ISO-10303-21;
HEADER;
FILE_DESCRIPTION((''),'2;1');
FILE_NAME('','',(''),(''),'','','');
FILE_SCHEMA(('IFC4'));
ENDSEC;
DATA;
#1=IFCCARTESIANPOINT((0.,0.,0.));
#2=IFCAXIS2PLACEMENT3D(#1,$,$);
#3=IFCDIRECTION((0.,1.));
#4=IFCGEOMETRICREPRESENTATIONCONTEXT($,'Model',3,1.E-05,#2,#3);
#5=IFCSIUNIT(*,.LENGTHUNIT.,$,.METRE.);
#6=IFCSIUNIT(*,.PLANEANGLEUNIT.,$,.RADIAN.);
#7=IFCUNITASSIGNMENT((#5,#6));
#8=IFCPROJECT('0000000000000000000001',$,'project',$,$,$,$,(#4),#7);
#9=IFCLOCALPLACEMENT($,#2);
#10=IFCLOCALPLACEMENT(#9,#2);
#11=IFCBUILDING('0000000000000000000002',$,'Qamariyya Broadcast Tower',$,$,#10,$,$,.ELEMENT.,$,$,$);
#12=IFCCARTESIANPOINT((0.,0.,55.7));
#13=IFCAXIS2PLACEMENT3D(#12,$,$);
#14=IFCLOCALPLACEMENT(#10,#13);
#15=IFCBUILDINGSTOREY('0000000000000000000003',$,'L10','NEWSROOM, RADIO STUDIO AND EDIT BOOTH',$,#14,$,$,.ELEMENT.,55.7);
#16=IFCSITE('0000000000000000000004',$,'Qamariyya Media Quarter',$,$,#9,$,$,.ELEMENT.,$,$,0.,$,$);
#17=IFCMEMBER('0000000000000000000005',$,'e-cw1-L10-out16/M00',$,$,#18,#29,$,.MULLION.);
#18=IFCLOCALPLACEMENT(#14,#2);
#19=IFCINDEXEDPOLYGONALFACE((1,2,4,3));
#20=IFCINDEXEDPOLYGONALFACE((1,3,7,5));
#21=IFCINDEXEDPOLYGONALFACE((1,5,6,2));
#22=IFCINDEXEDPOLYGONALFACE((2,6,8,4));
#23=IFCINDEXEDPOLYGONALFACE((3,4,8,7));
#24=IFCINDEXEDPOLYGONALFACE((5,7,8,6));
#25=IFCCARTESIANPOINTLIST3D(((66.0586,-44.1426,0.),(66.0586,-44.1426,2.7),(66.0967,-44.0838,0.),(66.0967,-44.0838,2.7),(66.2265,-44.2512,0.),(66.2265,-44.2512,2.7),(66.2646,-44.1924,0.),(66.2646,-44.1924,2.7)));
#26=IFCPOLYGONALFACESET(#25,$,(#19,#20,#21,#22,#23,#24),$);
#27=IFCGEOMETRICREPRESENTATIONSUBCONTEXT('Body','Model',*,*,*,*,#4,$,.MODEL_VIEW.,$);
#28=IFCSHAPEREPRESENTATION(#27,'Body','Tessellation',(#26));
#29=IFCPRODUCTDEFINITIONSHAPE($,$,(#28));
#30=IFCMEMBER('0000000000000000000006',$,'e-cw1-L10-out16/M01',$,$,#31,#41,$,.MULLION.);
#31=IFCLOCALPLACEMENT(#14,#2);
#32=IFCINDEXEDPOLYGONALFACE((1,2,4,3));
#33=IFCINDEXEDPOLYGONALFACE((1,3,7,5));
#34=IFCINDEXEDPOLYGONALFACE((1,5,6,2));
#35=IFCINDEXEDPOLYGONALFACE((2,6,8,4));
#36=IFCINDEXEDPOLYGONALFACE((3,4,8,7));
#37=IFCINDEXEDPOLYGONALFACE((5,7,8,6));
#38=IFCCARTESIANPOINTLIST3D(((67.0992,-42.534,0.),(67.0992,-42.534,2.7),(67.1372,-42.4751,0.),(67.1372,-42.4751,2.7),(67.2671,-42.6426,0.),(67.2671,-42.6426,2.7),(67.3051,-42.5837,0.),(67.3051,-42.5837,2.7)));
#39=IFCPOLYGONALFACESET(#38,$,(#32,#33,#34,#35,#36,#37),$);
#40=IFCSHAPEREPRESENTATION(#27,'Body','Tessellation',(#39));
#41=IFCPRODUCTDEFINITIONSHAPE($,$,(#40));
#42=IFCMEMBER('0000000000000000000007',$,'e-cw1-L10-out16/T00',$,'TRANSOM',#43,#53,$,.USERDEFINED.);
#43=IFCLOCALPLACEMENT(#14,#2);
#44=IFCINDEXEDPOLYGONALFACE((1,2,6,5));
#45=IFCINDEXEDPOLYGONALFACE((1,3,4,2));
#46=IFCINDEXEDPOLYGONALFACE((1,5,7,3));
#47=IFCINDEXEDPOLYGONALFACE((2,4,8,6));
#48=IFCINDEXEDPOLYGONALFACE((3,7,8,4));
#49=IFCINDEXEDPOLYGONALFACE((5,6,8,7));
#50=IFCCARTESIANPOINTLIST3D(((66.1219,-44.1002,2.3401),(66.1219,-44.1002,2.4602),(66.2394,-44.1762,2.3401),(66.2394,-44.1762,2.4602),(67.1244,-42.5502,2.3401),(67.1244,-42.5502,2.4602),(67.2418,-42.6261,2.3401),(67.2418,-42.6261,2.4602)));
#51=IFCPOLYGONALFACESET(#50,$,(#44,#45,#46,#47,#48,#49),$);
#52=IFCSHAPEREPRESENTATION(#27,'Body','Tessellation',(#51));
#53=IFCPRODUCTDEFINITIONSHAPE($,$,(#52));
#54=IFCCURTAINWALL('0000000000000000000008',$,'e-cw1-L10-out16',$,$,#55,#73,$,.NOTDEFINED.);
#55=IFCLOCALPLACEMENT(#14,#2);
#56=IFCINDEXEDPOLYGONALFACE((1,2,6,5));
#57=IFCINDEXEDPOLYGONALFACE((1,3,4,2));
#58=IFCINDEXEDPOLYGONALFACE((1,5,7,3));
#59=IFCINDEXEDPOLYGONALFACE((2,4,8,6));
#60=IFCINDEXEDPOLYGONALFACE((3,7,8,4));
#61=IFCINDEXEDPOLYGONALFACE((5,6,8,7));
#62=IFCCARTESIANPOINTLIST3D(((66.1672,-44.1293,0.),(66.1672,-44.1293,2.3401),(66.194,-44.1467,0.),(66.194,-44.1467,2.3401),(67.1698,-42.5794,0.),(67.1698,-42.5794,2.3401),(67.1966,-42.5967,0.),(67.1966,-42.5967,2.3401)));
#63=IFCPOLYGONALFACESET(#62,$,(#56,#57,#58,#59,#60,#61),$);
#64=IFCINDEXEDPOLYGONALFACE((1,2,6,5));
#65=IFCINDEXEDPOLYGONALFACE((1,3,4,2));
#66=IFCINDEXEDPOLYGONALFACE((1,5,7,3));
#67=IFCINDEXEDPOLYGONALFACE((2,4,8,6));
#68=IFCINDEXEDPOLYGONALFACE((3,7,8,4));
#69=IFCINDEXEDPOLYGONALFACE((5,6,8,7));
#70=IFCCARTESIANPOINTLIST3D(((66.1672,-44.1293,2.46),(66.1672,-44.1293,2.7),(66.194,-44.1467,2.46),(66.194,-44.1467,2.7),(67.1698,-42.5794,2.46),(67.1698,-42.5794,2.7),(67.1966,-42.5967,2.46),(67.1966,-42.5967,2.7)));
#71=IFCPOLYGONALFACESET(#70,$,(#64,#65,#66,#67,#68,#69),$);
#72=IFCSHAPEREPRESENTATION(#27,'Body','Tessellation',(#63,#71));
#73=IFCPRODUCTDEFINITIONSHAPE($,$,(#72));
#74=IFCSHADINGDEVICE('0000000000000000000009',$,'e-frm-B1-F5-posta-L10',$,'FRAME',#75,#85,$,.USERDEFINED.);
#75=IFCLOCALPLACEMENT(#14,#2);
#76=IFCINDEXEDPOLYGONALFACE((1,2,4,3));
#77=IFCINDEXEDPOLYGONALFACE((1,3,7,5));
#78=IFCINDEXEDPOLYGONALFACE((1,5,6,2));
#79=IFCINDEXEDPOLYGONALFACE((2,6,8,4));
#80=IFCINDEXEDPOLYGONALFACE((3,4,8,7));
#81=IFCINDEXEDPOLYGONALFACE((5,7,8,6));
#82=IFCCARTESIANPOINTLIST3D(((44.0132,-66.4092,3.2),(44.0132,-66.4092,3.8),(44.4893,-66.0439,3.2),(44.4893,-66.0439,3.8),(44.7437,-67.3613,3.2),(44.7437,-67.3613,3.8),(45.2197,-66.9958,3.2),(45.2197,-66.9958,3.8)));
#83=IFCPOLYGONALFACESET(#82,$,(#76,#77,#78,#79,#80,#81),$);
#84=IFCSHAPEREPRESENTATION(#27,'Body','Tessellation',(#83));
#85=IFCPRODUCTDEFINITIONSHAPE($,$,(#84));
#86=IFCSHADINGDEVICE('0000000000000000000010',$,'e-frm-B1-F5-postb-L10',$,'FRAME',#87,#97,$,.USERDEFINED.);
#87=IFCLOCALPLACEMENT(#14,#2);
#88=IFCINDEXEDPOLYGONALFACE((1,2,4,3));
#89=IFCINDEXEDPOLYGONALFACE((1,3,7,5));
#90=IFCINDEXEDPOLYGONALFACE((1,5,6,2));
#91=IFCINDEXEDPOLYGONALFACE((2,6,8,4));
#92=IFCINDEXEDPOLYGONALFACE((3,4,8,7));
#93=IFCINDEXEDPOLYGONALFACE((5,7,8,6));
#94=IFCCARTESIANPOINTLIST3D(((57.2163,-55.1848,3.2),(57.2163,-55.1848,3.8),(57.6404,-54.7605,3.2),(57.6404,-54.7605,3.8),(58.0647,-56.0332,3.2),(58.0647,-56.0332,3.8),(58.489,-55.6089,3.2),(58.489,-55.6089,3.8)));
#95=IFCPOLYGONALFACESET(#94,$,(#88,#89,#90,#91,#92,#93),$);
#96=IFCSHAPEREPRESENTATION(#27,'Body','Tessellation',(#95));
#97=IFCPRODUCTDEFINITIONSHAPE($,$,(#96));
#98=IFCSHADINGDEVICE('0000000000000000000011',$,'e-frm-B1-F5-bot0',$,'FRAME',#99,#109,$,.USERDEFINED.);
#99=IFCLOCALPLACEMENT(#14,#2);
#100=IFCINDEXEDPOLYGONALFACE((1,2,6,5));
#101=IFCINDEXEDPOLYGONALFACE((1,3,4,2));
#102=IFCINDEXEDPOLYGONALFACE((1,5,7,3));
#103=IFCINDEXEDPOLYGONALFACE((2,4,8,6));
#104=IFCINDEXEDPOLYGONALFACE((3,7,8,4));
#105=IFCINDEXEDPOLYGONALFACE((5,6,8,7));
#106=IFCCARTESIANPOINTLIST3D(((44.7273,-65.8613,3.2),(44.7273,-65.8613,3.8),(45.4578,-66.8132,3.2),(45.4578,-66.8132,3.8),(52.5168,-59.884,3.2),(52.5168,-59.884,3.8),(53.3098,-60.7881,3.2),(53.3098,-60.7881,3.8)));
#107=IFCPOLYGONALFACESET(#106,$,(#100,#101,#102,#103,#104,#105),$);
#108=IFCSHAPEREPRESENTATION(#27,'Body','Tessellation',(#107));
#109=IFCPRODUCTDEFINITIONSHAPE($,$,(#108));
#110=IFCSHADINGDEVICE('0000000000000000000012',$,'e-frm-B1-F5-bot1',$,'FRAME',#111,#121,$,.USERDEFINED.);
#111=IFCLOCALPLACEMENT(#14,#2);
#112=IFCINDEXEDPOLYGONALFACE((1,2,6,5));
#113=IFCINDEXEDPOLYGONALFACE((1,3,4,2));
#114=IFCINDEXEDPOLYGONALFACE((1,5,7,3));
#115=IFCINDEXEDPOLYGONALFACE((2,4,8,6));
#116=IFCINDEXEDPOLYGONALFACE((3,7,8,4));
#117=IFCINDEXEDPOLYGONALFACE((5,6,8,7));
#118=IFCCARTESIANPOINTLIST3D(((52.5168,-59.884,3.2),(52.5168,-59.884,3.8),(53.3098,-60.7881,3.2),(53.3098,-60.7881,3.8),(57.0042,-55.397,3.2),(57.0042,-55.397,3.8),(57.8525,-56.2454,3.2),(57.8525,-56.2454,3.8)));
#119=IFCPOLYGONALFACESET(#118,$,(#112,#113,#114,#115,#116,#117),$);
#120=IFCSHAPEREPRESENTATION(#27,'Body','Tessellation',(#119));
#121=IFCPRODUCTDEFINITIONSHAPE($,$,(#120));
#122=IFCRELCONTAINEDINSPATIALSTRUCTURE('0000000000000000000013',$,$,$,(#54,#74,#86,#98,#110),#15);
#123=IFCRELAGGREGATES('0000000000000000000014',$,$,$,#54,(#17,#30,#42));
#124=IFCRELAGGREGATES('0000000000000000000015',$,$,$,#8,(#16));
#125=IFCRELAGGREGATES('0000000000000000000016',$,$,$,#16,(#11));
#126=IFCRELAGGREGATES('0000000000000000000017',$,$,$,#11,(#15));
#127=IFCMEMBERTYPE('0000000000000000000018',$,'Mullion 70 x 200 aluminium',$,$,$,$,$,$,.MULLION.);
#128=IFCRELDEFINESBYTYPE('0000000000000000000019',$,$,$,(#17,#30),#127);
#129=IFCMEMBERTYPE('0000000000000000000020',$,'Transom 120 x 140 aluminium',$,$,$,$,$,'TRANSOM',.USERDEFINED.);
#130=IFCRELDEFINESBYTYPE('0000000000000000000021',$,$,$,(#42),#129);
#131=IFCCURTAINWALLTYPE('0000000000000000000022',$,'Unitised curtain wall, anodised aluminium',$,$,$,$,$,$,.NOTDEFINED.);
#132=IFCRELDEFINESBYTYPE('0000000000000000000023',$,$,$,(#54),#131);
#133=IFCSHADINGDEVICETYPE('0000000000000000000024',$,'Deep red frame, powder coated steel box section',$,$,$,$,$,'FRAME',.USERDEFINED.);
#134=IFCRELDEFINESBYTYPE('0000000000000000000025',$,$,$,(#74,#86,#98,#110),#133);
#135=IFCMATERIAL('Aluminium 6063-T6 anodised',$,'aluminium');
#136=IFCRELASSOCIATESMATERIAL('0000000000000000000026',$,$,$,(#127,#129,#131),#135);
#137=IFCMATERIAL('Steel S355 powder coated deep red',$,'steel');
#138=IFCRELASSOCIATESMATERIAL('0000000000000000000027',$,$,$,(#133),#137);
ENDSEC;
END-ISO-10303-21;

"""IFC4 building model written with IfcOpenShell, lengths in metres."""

from ifc_helpers import new_model, si_unit, direction, frame, origin, origin_2d, place, context, subcontext, project, spatial, polyline, rectangle, outline, extrude, material, material_profile, profile_set, type_object, element, aggregate, save


model = new_model("IFC4")

# Units and contexts
model_context = context("Model", 3, precision=1e-05, world=origin(), true_north=direction((0.0, 1.0)))
body_context = subcontext(model_context, "Body", "Model", "MODEL_VIEW")
ifc_project = project(units=[si_unit("LENGTHUNIT", "METRE"), si_unit("PLANEANGLEUNIT", "RADIAN")], contexts=[model_context])

# Members
ifc_material_1 = material(Name="Aluminium 6063-T6 anodised", Category="aluminium")
ifc_material_profile_1 = material_profile(ifc_material_1, rectangle(XDim=0.2, YDim=0.0701, at=origin_2d()))
ifc_profile_set_1 = profile_set([ifc_material_profile_1], Name="Aluminium 6063-T6 anodised")
member_type_1 = type_object("IfcMemberType", Name="Mullion 70 x 200 aluminium", PredefinedType="MULLION", material=ifc_profile_set_1)
site_placement = place(None, origin())
building_placement = place(site_placement, origin())
storey_placement = place(building_placement, frame((0.0, 0.0, 55.7)))
member_1_placement = place(storey_placement, frame((66.1616, -44.1675, 0.0), z_axis=(0.0, 0.0, 1.0), x_axis=(-0.839646, 0.543134, 0.0)))
member_1 = element("IfcMember", 1, at=member_1_placement, type_object=member_type_1, Name="e-cw1-L10-out16/M00", PredefinedType="MULLION", context=body_context, shape_type="SweptSolid", body=[
    extrude(rectangle(XDim=0.2, YDim=0.0701, at=origin_2d()), origin(), (0.0, 0.0, 1.0), 2.7),
])
member_2_placement = place(storey_placement, frame((67.2021, -42.5588, 0.0), z_axis=(0.0, 0.0, 1.0), x_axis=(-0.839646, 0.543134, 0.0)))
member_2 = element("IfcMember", 2, at=member_2_placement, type_object=member_type_1, Name="e-cw1-L10-out16/M01", PredefinedType="MULLION", context=body_context, shape_type="SweptSolid", body=[
    extrude(rectangle(XDim=0.2, YDim=0.0701, at=origin_2d()), origin(), (0.0, 0.0, 1.0), 2.7),
])
ifc_material_profile_2 = material_profile(ifc_material_1, rectangle(XDim=0.1399, YDim=0.1201, at=origin_2d()))
ifc_profile_set_2 = profile_set([ifc_material_profile_2], Name="Aluminium 6063-T6 anodised")
member_type_2 = type_object("IfcMemberType", Name="Transom 120 x 140 aluminium", ElementType="TRANSOM", PredefinedType="USERDEFINED", material=ifc_profile_set_2)
member_3_placement = place(storey_placement, frame((66.1807, -44.1382, 2.4001), z_axis=(0.543048, 0.839701, 0.0), x_axis=(-0.839701, 0.543048, 0.0)))
member_3 = element("IfcMember", 3, at=member_3_placement, type_object=member_type_2, Name="e-cw1-L10-out16/T00", ObjectType="TRANSOM", PredefinedType="USERDEFINED", context=body_context, shape_type="SweptSolid", body=[
    extrude(rectangle(XDim=0.1399, YDim=0.1201, at=origin_2d()), origin(), (0.0, 0.0, 1.0), 1.8459),
])

# Site, building, storey
site = spatial("IfcSite", under=ifc_project, at=site_placement, Name="Qamariyya Media Quarter", CompositionType="ELEMENT", RefElevation=0.0)
building = spatial("IfcBuilding", under=site, at=building_placement, Name="Qamariyya Broadcast Tower", CompositionType="ELEMENT")
storey = spatial("IfcBuildingStorey", under=building, at=storey_placement, Name="L10", Description="NEWSROOM, RADIO STUDIO AND EDIT BOOTH", CompositionType="ELEMENT", Elevation=55.7)

# Curtain wall
curtain_wall_type = type_object("IfcCurtainWallType", Name="Unitised curtain wall, anodised aluminium", PredefinedType="NOTDEFINED", material=ifc_material_1)
curtain_wall_placement = place(storey_placement, origin())
curtain_wall = element("IfcCurtainWall", 4, at=curtain_wall_placement, inside=storey, type_object=curtain_wall_type, Name="e-cw1-L10-out16", PredefinedType="NOTDEFINED", context=body_context, shape_type="SweptSolid", body=[
    extrude(rectangle(XDim=1.8459, YDim=0.032, at=origin_2d()), frame((66.6819, -43.363, 0.0), x_axis=(0.543129, 0.839649, 0.0)), (0.0, 0.0, 1.0), 2.3401),
    extrude(rectangle(XDim=1.8459, YDim=0.032, at=origin_2d()), frame((66.6819, -43.363, 2.46), x_axis=(0.543129, 0.839649, 0.0)), (0.0, 0.0, 1.0), 0.24),
])
aggregate(curtain_wall, [member_1, member_2, member_3])

# Shading devices
ifc_material_2 = material(Name="Steel S355 powder coated deep red", Category="steel")
shading_device_type = type_object("IfcShadingDeviceType", Name="Deep red frame, powder coated steel box section", ElementType="FRAME", PredefinedType="USERDEFINED", material=ifc_material_2)
shading_device_1_placement = place(storey_placement, frame((0.0, 0.0, 3.2)))
element("IfcShadingDevice", 5, at=shading_device_1_placement, inside=storey, type_object=shading_device_type, Name="e-frm-B1-F5-posta-L10", ObjectType="FRAME", PredefinedType="USERDEFINED", context=body_context, shape_type="SweptSolid", body=[
    extrude(outline(polyline([(44.0132, -66.4092), (44.7437, -67.3613), (45.2197, -66.9958), (44.4893, -66.0439), (44.0132, -66.4092)])), origin(), (0.0, 0.0, 1.0), 0.6001),
])
shading_device_2_placement = place(storey_placement, frame((0.0, 0.0, 3.2)))
element("IfcShadingDevice", 6, at=shading_device_2_placement, inside=storey, type_object=shading_device_type, Name="e-frm-B1-F5-postb-L10", ObjectType="FRAME", PredefinedType="USERDEFINED", context=body_context, shape_type="SweptSolid", body=[
    extrude(outline(polyline([(57.2163, -55.1848), (58.0647, -56.0332), (58.489, -55.6089), (57.6404, -54.7605), (57.2163, -55.1848)])), origin(), (0.0, 0.0, 1.0), 0.6001),
])
shading_device_3_placement = place(storey_placement, frame((0.0, 0.0, 3.2)))
element("IfcShadingDevice", 7, at=shading_device_3_placement, inside=storey, type_object=shading_device_type, Name="e-frm-B1-F5-bot0", ObjectType="FRAME", PredefinedType="USERDEFINED", context=body_context, shape_type="SweptSolid", body=[
    extrude(outline(polyline([(44.7273, -65.8613), (45.4578, -66.8132), (53.3098, -60.7881), (52.5168, -59.884), (44.7273, -65.8613)])), origin(), (0.0, 0.0, 1.0), 0.6001),
])
shading_device_4_placement = place(storey_placement, frame((0.0, 0.0, 3.2)))
element("IfcShadingDevice", 8, at=shading_device_4_placement, inside=storey, type_object=shading_device_type, Name="e-frm-B1-F5-bot1", ObjectType="FRAME", PredefinedType="USERDEFINED", context=body_context, shape_type="SweptSolid", body=[
    extrude(outline(polyline([(52.5168, -59.884), (53.3098, -60.7881), (57.8525, -56.2454), (57.0042, -55.397), (52.5168, -59.884)])), origin(), (0.0, 0.0, 1.0), 0.6001),
])

save(model, "model.ifc")
